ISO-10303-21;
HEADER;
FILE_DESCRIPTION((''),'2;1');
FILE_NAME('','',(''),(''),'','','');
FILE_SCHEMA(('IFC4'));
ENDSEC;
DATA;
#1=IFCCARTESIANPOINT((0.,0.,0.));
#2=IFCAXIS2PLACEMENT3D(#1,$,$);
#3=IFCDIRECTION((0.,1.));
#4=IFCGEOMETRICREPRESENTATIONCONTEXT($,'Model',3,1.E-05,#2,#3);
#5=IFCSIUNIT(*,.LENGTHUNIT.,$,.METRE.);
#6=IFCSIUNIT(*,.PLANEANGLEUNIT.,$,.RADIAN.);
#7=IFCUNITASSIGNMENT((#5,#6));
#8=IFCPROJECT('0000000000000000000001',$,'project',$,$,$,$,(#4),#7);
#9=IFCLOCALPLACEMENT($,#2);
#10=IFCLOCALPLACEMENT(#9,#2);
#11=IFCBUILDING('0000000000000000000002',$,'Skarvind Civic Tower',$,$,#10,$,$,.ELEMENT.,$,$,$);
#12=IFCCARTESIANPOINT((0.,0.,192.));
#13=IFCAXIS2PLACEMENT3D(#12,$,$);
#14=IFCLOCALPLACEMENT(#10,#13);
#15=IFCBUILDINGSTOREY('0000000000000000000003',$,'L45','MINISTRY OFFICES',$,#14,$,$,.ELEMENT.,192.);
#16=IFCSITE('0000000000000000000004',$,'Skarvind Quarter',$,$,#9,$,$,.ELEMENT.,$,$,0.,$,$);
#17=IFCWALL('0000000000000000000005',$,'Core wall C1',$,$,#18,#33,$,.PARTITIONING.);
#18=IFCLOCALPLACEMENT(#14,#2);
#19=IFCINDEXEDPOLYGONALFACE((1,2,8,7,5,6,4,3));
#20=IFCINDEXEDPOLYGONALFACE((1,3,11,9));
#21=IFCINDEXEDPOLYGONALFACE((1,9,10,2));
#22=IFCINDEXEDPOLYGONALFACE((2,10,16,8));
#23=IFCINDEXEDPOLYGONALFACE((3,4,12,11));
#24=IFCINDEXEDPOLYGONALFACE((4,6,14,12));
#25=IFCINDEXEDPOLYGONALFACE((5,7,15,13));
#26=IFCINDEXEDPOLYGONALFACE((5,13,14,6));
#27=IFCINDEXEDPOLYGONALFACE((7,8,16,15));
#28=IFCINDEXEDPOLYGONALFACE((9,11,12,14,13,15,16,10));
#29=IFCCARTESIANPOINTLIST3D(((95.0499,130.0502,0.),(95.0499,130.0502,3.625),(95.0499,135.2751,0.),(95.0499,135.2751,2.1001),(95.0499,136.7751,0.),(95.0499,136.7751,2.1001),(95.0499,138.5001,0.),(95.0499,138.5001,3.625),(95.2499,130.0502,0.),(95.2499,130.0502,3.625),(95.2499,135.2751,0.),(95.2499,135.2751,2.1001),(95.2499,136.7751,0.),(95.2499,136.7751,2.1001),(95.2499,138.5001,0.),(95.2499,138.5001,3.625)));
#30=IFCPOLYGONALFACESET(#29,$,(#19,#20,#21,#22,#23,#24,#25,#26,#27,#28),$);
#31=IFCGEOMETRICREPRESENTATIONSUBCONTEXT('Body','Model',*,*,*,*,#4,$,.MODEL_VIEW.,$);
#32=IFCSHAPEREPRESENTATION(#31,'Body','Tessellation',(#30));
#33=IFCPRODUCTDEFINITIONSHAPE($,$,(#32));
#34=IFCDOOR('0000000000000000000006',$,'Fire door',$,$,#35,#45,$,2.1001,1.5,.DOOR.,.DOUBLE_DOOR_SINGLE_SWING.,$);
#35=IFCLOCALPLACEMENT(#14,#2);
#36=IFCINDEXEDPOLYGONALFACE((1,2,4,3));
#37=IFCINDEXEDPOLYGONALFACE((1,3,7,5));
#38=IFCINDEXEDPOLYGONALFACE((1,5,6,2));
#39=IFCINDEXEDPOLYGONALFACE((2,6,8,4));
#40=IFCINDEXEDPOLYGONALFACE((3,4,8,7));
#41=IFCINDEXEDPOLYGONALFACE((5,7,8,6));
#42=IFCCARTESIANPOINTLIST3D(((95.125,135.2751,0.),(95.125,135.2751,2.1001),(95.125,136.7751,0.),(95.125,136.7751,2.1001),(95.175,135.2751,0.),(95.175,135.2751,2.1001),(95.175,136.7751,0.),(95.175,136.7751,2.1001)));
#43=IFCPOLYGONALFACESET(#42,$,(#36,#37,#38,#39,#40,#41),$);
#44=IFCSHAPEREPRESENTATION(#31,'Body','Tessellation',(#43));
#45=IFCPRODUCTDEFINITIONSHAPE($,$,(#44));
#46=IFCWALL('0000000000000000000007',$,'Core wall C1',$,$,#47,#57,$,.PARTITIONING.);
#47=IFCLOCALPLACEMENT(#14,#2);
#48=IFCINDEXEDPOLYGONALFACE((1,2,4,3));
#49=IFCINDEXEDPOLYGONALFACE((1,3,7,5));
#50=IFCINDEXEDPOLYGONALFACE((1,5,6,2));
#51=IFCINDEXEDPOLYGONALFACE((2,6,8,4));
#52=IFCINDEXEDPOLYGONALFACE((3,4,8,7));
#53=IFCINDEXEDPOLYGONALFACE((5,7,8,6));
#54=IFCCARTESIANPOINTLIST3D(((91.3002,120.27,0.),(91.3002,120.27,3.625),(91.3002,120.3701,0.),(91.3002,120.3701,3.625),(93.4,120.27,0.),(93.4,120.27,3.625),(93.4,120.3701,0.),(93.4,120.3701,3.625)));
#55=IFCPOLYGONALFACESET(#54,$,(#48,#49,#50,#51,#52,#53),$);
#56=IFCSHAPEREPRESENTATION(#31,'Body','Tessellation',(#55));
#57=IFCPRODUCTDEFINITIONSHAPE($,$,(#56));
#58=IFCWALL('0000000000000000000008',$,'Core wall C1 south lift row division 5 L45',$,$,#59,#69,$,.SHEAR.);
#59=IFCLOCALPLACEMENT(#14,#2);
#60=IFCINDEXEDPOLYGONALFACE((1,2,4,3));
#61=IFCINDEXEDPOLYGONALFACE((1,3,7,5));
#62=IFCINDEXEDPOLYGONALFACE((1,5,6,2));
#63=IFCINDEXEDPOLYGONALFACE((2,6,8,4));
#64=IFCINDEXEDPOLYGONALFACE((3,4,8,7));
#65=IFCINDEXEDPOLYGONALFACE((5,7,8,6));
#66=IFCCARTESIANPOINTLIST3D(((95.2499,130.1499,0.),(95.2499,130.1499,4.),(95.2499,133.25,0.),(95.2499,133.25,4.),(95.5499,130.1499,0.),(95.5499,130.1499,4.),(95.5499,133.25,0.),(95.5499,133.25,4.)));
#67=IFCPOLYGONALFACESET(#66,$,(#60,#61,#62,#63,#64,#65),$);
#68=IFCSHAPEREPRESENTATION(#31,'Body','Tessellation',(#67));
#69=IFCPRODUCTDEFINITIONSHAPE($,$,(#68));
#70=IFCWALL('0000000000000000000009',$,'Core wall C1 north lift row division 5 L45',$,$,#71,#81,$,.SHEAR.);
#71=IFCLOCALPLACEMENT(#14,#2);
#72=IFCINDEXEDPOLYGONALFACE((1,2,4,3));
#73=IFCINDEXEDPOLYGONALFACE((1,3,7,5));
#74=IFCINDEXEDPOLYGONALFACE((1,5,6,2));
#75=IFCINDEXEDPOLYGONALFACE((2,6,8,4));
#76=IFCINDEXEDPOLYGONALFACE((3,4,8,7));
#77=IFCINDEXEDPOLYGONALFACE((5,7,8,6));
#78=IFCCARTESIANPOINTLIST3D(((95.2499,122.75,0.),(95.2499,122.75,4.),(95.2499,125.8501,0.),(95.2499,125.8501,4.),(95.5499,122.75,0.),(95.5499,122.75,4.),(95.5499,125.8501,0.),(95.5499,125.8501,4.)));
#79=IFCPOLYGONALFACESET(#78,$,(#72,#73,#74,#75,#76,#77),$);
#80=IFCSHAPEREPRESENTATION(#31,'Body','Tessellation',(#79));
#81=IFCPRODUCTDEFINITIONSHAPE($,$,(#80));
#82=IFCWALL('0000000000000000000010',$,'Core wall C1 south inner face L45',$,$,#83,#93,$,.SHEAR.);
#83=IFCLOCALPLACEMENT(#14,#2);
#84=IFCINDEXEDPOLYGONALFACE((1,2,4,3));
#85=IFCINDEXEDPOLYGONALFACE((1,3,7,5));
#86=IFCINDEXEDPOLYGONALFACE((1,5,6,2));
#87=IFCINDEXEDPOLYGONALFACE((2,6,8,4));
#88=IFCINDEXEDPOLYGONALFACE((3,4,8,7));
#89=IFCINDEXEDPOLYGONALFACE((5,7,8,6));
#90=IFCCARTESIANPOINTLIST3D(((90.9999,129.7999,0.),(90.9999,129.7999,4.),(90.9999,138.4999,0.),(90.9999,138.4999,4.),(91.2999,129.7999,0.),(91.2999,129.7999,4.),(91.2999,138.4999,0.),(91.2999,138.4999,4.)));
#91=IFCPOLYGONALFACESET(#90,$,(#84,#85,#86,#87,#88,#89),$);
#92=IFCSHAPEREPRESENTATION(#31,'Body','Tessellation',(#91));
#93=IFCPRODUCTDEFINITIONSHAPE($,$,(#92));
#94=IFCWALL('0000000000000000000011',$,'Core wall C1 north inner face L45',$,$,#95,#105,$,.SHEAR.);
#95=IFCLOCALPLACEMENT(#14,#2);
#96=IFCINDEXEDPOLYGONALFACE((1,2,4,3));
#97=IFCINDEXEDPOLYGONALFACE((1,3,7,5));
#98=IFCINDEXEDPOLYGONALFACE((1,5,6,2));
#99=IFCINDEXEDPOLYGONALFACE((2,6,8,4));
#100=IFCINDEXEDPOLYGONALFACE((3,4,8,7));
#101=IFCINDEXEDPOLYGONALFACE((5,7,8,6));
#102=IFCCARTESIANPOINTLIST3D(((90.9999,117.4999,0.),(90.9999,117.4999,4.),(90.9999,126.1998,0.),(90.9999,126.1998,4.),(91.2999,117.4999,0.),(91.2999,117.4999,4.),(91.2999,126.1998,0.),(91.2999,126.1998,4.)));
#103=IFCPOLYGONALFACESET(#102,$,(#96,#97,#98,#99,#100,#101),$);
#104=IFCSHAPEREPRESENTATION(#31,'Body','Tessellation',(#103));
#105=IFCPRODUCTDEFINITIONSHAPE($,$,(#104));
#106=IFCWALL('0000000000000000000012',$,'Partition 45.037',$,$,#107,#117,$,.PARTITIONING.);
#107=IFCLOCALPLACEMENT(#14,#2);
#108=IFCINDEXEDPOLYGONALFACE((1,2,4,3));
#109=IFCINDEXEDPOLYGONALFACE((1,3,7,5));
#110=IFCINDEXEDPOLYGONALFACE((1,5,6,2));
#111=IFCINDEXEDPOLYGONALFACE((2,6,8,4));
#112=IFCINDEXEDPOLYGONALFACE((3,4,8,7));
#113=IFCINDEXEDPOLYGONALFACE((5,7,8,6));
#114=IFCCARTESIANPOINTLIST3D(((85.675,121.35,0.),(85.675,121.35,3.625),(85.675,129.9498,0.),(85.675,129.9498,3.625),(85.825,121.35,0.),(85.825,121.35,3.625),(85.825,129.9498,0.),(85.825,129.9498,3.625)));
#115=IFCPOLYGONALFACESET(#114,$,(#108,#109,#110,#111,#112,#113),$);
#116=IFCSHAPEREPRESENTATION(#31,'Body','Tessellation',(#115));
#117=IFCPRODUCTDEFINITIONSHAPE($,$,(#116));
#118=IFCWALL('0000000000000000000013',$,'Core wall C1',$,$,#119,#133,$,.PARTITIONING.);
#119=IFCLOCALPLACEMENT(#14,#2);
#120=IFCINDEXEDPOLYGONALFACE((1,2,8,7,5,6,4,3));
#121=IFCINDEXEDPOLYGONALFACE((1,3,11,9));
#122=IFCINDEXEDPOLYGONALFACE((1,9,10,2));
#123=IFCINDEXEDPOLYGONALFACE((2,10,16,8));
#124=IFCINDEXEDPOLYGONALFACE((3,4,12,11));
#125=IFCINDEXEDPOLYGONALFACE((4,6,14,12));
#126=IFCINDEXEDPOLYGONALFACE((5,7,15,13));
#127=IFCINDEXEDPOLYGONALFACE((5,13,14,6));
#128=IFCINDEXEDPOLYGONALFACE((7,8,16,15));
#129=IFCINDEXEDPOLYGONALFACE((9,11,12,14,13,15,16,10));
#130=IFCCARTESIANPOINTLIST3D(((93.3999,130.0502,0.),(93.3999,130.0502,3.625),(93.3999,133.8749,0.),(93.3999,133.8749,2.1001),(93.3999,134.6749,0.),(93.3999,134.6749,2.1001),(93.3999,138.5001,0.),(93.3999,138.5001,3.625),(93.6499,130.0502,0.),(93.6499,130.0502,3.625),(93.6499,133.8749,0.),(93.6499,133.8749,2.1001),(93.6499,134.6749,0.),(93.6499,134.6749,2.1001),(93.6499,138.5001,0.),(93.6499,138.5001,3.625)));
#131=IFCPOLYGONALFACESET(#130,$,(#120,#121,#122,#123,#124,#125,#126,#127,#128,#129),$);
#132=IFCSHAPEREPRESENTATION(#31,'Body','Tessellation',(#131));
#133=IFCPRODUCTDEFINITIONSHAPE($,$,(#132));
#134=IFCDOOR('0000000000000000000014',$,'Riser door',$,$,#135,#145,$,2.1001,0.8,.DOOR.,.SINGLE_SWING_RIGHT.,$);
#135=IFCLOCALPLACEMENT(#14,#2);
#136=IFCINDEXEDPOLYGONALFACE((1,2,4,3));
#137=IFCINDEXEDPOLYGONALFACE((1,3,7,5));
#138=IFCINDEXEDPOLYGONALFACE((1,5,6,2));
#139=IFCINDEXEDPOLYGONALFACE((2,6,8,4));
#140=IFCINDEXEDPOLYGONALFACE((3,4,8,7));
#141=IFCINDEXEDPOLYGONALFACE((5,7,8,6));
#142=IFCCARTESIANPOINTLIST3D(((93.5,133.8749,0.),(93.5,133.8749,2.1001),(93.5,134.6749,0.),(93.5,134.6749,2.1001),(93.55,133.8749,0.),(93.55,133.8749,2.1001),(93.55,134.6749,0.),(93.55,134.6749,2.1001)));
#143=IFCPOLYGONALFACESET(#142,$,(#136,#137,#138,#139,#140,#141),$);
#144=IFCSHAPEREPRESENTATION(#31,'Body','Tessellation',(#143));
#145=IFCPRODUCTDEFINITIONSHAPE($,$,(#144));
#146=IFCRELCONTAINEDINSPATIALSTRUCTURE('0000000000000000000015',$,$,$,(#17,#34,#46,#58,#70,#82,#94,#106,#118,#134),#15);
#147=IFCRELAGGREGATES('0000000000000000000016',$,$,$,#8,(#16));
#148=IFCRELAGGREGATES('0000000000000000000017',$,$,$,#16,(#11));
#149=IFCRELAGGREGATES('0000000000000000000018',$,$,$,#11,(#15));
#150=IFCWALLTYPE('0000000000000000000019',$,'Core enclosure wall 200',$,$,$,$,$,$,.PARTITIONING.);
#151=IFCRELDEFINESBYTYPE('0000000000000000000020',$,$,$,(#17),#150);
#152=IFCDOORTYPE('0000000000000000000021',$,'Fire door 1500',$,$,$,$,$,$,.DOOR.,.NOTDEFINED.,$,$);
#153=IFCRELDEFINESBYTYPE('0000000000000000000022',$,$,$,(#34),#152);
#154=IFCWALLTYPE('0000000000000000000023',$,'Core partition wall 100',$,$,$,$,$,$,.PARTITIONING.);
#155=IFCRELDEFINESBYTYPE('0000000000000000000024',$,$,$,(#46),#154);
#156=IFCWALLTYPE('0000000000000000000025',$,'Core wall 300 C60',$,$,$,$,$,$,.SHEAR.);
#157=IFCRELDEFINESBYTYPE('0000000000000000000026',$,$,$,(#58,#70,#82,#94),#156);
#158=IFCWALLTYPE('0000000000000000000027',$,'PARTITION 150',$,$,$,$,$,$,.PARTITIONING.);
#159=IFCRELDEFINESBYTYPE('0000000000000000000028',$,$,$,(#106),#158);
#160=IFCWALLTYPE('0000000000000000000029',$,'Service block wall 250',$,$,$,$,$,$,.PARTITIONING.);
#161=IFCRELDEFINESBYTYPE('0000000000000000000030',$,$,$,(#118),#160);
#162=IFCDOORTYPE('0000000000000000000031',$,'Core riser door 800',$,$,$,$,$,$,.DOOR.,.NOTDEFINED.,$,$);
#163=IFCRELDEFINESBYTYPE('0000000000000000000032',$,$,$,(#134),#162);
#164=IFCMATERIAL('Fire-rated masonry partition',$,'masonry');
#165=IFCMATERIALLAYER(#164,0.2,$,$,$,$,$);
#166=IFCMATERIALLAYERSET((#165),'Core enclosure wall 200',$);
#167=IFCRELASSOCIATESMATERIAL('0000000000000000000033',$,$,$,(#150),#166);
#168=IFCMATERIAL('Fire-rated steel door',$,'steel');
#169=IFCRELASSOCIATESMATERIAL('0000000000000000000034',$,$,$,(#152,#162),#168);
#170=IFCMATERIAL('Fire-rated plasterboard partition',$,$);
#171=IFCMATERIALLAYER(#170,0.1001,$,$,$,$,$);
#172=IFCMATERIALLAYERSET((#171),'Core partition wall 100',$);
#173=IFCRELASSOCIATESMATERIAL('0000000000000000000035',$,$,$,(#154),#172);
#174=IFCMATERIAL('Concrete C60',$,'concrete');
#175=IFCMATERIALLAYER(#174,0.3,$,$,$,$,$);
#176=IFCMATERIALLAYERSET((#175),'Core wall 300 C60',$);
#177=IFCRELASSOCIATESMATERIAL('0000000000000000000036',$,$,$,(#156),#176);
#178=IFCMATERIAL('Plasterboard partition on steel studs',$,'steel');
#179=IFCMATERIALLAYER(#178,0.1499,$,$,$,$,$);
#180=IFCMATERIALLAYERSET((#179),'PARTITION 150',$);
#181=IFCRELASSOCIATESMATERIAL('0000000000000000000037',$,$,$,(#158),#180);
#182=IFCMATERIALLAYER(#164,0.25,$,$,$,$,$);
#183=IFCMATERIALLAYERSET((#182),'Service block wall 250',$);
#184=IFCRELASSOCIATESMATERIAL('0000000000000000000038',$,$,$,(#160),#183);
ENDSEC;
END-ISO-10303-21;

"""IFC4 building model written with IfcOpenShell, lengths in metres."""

from ifc_helpers import new_model, si_unit, direction, frame, frame_2d, origin, place, context, subcontext, project, spatial, rectangle, extrude, material, layer, layer_set, type_object, element, fill, save


model = new_model("IFC4")

# Units and contexts
model_context = context("Model", 3, precision=1e-05, world=origin(), true_north=direction((0.0, 1.0)))
body_context = subcontext(model_context, "Body", "Model", "MODEL_VIEW")
ifc_project = project(units=[si_unit("LENGTHUNIT", "METRE"), si_unit("PLANEANGLEUNIT", "RADIAN")], contexts=[model_context])

# Site, building, storey
site_placement = place(None, origin())
site = spatial("IfcSite", under=ifc_project, at=site_placement, Name="Skarvind Quarter", CompositionType="ELEMENT", RefElevation=0.0)
building_placement = place(site_placement, origin())
building = spatial("IfcBuilding", under=site, at=building_placement, Name="Skarvind Civic Tower", CompositionType="ELEMENT")
storey_placement = place(building_placement, frame((0.0, 0.0, 192.0)))
storey = spatial("IfcBuildingStorey", under=building, at=storey_placement, Name="L45", Description="MINISTRY OFFICES", CompositionType="ELEMENT", Elevation=192.0)

# Shared definitions
ifc_material_1 = material(Name="Concrete C60", Category="concrete")

# Wall, opening, door
ifc_material_2 = material(Name="Fire-rated masonry partition", Category="masonry")
ifc_layer_1 = layer(ifc_material_2, 0.2)
ifc_layer_set_1 = layer_set([ifc_layer_1], Name="Core enclosure wall 200")
wall_type_1 = type_object("IfcWallType", Name="Core enclosure wall 200", PredefinedType="PARTITIONING", material=ifc_layer_set_1)
ifc_material_3 = material(Name="Fire-rated steel door", Category="steel")
wall_1_placement = place(storey_placement, frame((95.1499, 130.05, 0.0), z_axis=(0.0, 0.0, 1.0), x_axis=(0.0, 1.0, 0.0)))
wall_1 = element("IfcWall", 1, at=wall_1_placement, inside=storey, type_object=wall_type_1, Name="Core wall C1", PredefinedType="PARTITIONING", context=body_context, shape_type="SweptSolid", body=[
    extrude(rectangle(XDim=8.45, YDim=0.2, at=frame_2d((4.2251, 0.0))), origin(), (0.0, 0.0, 1.0), 3.625),
])
opening_1_placement = place(wall_1_placement, frame((5.2251, 0.0, 0.0)))
opening_1 = element("IfcOpeningElement", 2, at=opening_1_placement, cuts=wall_1, PredefinedType="OPENING", context=body_context, shape_type="SweptSolid", body=[
    extrude(rectangle(XDim=1.5, YDim=2.1001, at=frame_2d((0.75, 1.05))), frame((0.0, 0.1099, 0.0), z_axis=(0.0, -1.0, 0.0), x_axis=(1.0, 0.0, 0.0)), (0.0, 0.0, 1.0), 0.22),
])
door_type_1 = type_object("IfcDoorType", Name="Fire door 1500", OperationType="NOTDEFINED", PredefinedType="DOOR", material=ifc_material_3)
door_1_placement = place(opening_1_placement, origin())
door_1 = element("IfcDoor", 3, at=door_1_placement, inside=storey, type_object=door_type_1, Name="Fire door", OperationType="DOUBLE_DOOR_SINGLE_SWING", OverallHeight=2.1001, OverallWidth=1.5, PredefinedType="DOOR", context=body_context, shape_type="SweptSolid", body=[
    extrude(rectangle(XDim=1.5, YDim=2.1001, at=frame_2d((0.75, 1.05))), frame((0.0, 0.0249, 0.0), z_axis=(0.0, -1.0, 0.0), x_axis=(1.0, 0.0, 0.0)), (0.0, 0.0, 1.0), 0.05),
])
fill(opening_1, door_1)

# Walls
ifc_material_4 = material(Name="Fire-rated plasterboard partition")
ifc_layer_2 = layer(ifc_material_4, 0.1001)
ifc_layer_set_2 = layer_set([ifc_layer_2], Name="Core partition wall 100")
wall_type_2 = type_object("IfcWallType", Name="Core partition wall 100", PredefinedType="PARTITIONING", material=ifc_layer_set_2)
wall_2_placement = place(storey_placement, frame((93.3999, 120.3201, 0.0), z_axis=(0.0, 0.0, 1.0), x_axis=(-1.0, 0.0, 0.0)))
element("IfcWall", 4, at=wall_2_placement, inside=storey, type_object=wall_type_2, Name="Core wall C1", PredefinedType="PARTITIONING", context=body_context, shape_type="SweptSolid", body=[
    extrude(rectangle(XDim=2.0999, YDim=0.1001, at=frame_2d((1.0498, 0.0))), origin(), (0.0, 0.0, 1.0), 3.625),
])
ifc_layer_3 = layer(ifc_material_1, 0.3)
ifc_layer_set_3 = layer_set([ifc_layer_3], Name="Core wall 300 C60")
wall_type_3 = type_object("IfcWallType", Name="Core wall 300 C60", PredefinedType="SHEAR", material=ifc_layer_set_3)
for number, where, z_axis, x_axis, name in (
    (5, (95.3999, 133.25, 0.0), (0.0, 0.0, 1.0), (0.0, -1.0, 0.0), "Core wall C1 south lift row division 5 L45"),
    (6, (95.3999, 125.8501, 0.0), (0.0, 0.0, 1.0), (0.0, -1.0, 0.0), "Core wall C1 north lift row division 5 L45"),
):
    element("IfcWall", number, at=place(storey_placement, frame(where, z_axis=z_axis, x_axis=x_axis)), inside=storey, type_object=wall_type_3, Name=name, PredefinedType="SHEAR", context=body_context, shape_type="SweptSolid", body=[
        extrude(rectangle(XDim=3.1001, YDim=0.3, at=frame_2d((1.55, 0.0))), origin(), (0.0, 0.0, 1.0), 4.0),
    ])
for number, where, z_axis, x_axis, name in (
    (7, (91.1499, 138.5, 0.0), (0.0, 0.0, 1.0), (0.0, -1.0, 0.0), "Core wall C1 south inner face L45"),
    (8, (91.1499, 126.2, 0.0), (0.0, 0.0, 1.0), (0.0, -1.0, 0.0), "Core wall C1 north inner face L45"),
):
    element("IfcWall", number, at=place(storey_placement, frame(where, z_axis=z_axis, x_axis=x_axis)), inside=storey, type_object=wall_type_3, Name=name, PredefinedType="SHEAR", context=body_context, shape_type="SweptSolid", body=[
        extrude(rectangle(XDim=8.7, YDim=0.3, at=frame_2d((4.3501, 0.0))), origin(), (0.0, 0.0, 1.0), 4.0),
    ])
ifc_material_5 = material(Name="Plasterboard partition on steel studs", Category="steel")
ifc_layer_4 = layer(ifc_material_5, 0.1499)
ifc_layer_set_4 = layer_set([ifc_layer_4], Name="PARTITION 150")
wall_type_4 = type_object("IfcWallType", Name="PARTITION 150", PredefinedType="PARTITIONING", material=ifc_layer_set_4)
wall_3_placement = place(storey_placement, frame((85.75, 121.3501, 0.0), z_axis=(0.0, 0.0, 1.0), x_axis=(0.0, 1.0, 0.0)))
element("IfcWall", 9, at=wall_3_placement, inside=storey, type_object=wall_type_4, Name="Partition 45.037", PredefinedType="PARTITIONING", context=body_context, shape_type="SweptSolid", body=[
    extrude(rectangle(XDim=8.5999, YDim=0.1499, at=frame_2d((4.2998, 0.0))), origin(), (0.0, 0.0, 1.0), 3.625),
])

# Wall, opening, door
ifc_layer_5 = layer(ifc_material_2, 0.25)
ifc_layer_set_5 = layer_set([ifc_layer_5], Name="Service block wall 250")
wall_type_5 = type_object("IfcWallType", Name="Service block wall 250", PredefinedType="PARTITIONING", material=ifc_layer_set_5)
wall_4_placement = place(storey_placement, frame((93.5249, 130.05, 0.0), z_axis=(0.0, 0.0, 1.0), x_axis=(0.0, 1.0, 0.0)))
wall_4 = element("IfcWall", 10, at=wall_4_placement, inside=storey, type_object=wall_type_5, Name="Core wall C1", PredefinedType="PARTITIONING", context=body_context, shape_type="SweptSolid", body=[
    extrude(rectangle(XDim=8.45, YDim=0.25, at=frame_2d((4.2251, 0.0))), origin(), (0.0, 0.0, 1.0), 3.625),
])
opening_2_placement = place(wall_4_placement, frame((3.825, 0.0, 0.0)))
opening_2 = element("IfcOpeningElement", 11, at=opening_2_placement, cuts=wall_4, PredefinedType="OPENING", context=body_context, shape_type="SweptSolid", body=[
    extrude(rectangle(XDim=0.8, YDim=2.1001, at=frame_2d((0.3999, 1.05))), frame((0.0, 0.135, 0.0), z_axis=(0.0, -1.0, 0.0), x_axis=(1.0, 0.0, 0.0)), (0.0, 0.0, 1.0), 0.27),
])
door_type_2 = type_object("IfcDoorType", Name="Core riser door 800", OperationType="NOTDEFINED", PredefinedType="DOOR", material=ifc_material_3)
door_2_placement = place(opening_2_placement, origin())
door_2 = element("IfcDoor", 12, at=door_2_placement, inside=storey, type_object=door_type_2, Name="Riser door", OperationType="SINGLE_SWING_RIGHT", OverallHeight=2.1001, OverallWidth=0.8, PredefinedType="DOOR", context=body_context, shape_type="SweptSolid", body=[
    extrude(rectangle(XDim=0.8, YDim=2.1001, at=frame_2d((0.3999, 1.05))), frame((0.0, 0.0249, 0.0), z_axis=(0.0, -1.0, 0.0), x_axis=(1.0, 0.0, 0.0)), (0.0, 0.0, 1.0), 0.05),
])
fill(opening_2, door_2)

save(model, "model.ifc")
